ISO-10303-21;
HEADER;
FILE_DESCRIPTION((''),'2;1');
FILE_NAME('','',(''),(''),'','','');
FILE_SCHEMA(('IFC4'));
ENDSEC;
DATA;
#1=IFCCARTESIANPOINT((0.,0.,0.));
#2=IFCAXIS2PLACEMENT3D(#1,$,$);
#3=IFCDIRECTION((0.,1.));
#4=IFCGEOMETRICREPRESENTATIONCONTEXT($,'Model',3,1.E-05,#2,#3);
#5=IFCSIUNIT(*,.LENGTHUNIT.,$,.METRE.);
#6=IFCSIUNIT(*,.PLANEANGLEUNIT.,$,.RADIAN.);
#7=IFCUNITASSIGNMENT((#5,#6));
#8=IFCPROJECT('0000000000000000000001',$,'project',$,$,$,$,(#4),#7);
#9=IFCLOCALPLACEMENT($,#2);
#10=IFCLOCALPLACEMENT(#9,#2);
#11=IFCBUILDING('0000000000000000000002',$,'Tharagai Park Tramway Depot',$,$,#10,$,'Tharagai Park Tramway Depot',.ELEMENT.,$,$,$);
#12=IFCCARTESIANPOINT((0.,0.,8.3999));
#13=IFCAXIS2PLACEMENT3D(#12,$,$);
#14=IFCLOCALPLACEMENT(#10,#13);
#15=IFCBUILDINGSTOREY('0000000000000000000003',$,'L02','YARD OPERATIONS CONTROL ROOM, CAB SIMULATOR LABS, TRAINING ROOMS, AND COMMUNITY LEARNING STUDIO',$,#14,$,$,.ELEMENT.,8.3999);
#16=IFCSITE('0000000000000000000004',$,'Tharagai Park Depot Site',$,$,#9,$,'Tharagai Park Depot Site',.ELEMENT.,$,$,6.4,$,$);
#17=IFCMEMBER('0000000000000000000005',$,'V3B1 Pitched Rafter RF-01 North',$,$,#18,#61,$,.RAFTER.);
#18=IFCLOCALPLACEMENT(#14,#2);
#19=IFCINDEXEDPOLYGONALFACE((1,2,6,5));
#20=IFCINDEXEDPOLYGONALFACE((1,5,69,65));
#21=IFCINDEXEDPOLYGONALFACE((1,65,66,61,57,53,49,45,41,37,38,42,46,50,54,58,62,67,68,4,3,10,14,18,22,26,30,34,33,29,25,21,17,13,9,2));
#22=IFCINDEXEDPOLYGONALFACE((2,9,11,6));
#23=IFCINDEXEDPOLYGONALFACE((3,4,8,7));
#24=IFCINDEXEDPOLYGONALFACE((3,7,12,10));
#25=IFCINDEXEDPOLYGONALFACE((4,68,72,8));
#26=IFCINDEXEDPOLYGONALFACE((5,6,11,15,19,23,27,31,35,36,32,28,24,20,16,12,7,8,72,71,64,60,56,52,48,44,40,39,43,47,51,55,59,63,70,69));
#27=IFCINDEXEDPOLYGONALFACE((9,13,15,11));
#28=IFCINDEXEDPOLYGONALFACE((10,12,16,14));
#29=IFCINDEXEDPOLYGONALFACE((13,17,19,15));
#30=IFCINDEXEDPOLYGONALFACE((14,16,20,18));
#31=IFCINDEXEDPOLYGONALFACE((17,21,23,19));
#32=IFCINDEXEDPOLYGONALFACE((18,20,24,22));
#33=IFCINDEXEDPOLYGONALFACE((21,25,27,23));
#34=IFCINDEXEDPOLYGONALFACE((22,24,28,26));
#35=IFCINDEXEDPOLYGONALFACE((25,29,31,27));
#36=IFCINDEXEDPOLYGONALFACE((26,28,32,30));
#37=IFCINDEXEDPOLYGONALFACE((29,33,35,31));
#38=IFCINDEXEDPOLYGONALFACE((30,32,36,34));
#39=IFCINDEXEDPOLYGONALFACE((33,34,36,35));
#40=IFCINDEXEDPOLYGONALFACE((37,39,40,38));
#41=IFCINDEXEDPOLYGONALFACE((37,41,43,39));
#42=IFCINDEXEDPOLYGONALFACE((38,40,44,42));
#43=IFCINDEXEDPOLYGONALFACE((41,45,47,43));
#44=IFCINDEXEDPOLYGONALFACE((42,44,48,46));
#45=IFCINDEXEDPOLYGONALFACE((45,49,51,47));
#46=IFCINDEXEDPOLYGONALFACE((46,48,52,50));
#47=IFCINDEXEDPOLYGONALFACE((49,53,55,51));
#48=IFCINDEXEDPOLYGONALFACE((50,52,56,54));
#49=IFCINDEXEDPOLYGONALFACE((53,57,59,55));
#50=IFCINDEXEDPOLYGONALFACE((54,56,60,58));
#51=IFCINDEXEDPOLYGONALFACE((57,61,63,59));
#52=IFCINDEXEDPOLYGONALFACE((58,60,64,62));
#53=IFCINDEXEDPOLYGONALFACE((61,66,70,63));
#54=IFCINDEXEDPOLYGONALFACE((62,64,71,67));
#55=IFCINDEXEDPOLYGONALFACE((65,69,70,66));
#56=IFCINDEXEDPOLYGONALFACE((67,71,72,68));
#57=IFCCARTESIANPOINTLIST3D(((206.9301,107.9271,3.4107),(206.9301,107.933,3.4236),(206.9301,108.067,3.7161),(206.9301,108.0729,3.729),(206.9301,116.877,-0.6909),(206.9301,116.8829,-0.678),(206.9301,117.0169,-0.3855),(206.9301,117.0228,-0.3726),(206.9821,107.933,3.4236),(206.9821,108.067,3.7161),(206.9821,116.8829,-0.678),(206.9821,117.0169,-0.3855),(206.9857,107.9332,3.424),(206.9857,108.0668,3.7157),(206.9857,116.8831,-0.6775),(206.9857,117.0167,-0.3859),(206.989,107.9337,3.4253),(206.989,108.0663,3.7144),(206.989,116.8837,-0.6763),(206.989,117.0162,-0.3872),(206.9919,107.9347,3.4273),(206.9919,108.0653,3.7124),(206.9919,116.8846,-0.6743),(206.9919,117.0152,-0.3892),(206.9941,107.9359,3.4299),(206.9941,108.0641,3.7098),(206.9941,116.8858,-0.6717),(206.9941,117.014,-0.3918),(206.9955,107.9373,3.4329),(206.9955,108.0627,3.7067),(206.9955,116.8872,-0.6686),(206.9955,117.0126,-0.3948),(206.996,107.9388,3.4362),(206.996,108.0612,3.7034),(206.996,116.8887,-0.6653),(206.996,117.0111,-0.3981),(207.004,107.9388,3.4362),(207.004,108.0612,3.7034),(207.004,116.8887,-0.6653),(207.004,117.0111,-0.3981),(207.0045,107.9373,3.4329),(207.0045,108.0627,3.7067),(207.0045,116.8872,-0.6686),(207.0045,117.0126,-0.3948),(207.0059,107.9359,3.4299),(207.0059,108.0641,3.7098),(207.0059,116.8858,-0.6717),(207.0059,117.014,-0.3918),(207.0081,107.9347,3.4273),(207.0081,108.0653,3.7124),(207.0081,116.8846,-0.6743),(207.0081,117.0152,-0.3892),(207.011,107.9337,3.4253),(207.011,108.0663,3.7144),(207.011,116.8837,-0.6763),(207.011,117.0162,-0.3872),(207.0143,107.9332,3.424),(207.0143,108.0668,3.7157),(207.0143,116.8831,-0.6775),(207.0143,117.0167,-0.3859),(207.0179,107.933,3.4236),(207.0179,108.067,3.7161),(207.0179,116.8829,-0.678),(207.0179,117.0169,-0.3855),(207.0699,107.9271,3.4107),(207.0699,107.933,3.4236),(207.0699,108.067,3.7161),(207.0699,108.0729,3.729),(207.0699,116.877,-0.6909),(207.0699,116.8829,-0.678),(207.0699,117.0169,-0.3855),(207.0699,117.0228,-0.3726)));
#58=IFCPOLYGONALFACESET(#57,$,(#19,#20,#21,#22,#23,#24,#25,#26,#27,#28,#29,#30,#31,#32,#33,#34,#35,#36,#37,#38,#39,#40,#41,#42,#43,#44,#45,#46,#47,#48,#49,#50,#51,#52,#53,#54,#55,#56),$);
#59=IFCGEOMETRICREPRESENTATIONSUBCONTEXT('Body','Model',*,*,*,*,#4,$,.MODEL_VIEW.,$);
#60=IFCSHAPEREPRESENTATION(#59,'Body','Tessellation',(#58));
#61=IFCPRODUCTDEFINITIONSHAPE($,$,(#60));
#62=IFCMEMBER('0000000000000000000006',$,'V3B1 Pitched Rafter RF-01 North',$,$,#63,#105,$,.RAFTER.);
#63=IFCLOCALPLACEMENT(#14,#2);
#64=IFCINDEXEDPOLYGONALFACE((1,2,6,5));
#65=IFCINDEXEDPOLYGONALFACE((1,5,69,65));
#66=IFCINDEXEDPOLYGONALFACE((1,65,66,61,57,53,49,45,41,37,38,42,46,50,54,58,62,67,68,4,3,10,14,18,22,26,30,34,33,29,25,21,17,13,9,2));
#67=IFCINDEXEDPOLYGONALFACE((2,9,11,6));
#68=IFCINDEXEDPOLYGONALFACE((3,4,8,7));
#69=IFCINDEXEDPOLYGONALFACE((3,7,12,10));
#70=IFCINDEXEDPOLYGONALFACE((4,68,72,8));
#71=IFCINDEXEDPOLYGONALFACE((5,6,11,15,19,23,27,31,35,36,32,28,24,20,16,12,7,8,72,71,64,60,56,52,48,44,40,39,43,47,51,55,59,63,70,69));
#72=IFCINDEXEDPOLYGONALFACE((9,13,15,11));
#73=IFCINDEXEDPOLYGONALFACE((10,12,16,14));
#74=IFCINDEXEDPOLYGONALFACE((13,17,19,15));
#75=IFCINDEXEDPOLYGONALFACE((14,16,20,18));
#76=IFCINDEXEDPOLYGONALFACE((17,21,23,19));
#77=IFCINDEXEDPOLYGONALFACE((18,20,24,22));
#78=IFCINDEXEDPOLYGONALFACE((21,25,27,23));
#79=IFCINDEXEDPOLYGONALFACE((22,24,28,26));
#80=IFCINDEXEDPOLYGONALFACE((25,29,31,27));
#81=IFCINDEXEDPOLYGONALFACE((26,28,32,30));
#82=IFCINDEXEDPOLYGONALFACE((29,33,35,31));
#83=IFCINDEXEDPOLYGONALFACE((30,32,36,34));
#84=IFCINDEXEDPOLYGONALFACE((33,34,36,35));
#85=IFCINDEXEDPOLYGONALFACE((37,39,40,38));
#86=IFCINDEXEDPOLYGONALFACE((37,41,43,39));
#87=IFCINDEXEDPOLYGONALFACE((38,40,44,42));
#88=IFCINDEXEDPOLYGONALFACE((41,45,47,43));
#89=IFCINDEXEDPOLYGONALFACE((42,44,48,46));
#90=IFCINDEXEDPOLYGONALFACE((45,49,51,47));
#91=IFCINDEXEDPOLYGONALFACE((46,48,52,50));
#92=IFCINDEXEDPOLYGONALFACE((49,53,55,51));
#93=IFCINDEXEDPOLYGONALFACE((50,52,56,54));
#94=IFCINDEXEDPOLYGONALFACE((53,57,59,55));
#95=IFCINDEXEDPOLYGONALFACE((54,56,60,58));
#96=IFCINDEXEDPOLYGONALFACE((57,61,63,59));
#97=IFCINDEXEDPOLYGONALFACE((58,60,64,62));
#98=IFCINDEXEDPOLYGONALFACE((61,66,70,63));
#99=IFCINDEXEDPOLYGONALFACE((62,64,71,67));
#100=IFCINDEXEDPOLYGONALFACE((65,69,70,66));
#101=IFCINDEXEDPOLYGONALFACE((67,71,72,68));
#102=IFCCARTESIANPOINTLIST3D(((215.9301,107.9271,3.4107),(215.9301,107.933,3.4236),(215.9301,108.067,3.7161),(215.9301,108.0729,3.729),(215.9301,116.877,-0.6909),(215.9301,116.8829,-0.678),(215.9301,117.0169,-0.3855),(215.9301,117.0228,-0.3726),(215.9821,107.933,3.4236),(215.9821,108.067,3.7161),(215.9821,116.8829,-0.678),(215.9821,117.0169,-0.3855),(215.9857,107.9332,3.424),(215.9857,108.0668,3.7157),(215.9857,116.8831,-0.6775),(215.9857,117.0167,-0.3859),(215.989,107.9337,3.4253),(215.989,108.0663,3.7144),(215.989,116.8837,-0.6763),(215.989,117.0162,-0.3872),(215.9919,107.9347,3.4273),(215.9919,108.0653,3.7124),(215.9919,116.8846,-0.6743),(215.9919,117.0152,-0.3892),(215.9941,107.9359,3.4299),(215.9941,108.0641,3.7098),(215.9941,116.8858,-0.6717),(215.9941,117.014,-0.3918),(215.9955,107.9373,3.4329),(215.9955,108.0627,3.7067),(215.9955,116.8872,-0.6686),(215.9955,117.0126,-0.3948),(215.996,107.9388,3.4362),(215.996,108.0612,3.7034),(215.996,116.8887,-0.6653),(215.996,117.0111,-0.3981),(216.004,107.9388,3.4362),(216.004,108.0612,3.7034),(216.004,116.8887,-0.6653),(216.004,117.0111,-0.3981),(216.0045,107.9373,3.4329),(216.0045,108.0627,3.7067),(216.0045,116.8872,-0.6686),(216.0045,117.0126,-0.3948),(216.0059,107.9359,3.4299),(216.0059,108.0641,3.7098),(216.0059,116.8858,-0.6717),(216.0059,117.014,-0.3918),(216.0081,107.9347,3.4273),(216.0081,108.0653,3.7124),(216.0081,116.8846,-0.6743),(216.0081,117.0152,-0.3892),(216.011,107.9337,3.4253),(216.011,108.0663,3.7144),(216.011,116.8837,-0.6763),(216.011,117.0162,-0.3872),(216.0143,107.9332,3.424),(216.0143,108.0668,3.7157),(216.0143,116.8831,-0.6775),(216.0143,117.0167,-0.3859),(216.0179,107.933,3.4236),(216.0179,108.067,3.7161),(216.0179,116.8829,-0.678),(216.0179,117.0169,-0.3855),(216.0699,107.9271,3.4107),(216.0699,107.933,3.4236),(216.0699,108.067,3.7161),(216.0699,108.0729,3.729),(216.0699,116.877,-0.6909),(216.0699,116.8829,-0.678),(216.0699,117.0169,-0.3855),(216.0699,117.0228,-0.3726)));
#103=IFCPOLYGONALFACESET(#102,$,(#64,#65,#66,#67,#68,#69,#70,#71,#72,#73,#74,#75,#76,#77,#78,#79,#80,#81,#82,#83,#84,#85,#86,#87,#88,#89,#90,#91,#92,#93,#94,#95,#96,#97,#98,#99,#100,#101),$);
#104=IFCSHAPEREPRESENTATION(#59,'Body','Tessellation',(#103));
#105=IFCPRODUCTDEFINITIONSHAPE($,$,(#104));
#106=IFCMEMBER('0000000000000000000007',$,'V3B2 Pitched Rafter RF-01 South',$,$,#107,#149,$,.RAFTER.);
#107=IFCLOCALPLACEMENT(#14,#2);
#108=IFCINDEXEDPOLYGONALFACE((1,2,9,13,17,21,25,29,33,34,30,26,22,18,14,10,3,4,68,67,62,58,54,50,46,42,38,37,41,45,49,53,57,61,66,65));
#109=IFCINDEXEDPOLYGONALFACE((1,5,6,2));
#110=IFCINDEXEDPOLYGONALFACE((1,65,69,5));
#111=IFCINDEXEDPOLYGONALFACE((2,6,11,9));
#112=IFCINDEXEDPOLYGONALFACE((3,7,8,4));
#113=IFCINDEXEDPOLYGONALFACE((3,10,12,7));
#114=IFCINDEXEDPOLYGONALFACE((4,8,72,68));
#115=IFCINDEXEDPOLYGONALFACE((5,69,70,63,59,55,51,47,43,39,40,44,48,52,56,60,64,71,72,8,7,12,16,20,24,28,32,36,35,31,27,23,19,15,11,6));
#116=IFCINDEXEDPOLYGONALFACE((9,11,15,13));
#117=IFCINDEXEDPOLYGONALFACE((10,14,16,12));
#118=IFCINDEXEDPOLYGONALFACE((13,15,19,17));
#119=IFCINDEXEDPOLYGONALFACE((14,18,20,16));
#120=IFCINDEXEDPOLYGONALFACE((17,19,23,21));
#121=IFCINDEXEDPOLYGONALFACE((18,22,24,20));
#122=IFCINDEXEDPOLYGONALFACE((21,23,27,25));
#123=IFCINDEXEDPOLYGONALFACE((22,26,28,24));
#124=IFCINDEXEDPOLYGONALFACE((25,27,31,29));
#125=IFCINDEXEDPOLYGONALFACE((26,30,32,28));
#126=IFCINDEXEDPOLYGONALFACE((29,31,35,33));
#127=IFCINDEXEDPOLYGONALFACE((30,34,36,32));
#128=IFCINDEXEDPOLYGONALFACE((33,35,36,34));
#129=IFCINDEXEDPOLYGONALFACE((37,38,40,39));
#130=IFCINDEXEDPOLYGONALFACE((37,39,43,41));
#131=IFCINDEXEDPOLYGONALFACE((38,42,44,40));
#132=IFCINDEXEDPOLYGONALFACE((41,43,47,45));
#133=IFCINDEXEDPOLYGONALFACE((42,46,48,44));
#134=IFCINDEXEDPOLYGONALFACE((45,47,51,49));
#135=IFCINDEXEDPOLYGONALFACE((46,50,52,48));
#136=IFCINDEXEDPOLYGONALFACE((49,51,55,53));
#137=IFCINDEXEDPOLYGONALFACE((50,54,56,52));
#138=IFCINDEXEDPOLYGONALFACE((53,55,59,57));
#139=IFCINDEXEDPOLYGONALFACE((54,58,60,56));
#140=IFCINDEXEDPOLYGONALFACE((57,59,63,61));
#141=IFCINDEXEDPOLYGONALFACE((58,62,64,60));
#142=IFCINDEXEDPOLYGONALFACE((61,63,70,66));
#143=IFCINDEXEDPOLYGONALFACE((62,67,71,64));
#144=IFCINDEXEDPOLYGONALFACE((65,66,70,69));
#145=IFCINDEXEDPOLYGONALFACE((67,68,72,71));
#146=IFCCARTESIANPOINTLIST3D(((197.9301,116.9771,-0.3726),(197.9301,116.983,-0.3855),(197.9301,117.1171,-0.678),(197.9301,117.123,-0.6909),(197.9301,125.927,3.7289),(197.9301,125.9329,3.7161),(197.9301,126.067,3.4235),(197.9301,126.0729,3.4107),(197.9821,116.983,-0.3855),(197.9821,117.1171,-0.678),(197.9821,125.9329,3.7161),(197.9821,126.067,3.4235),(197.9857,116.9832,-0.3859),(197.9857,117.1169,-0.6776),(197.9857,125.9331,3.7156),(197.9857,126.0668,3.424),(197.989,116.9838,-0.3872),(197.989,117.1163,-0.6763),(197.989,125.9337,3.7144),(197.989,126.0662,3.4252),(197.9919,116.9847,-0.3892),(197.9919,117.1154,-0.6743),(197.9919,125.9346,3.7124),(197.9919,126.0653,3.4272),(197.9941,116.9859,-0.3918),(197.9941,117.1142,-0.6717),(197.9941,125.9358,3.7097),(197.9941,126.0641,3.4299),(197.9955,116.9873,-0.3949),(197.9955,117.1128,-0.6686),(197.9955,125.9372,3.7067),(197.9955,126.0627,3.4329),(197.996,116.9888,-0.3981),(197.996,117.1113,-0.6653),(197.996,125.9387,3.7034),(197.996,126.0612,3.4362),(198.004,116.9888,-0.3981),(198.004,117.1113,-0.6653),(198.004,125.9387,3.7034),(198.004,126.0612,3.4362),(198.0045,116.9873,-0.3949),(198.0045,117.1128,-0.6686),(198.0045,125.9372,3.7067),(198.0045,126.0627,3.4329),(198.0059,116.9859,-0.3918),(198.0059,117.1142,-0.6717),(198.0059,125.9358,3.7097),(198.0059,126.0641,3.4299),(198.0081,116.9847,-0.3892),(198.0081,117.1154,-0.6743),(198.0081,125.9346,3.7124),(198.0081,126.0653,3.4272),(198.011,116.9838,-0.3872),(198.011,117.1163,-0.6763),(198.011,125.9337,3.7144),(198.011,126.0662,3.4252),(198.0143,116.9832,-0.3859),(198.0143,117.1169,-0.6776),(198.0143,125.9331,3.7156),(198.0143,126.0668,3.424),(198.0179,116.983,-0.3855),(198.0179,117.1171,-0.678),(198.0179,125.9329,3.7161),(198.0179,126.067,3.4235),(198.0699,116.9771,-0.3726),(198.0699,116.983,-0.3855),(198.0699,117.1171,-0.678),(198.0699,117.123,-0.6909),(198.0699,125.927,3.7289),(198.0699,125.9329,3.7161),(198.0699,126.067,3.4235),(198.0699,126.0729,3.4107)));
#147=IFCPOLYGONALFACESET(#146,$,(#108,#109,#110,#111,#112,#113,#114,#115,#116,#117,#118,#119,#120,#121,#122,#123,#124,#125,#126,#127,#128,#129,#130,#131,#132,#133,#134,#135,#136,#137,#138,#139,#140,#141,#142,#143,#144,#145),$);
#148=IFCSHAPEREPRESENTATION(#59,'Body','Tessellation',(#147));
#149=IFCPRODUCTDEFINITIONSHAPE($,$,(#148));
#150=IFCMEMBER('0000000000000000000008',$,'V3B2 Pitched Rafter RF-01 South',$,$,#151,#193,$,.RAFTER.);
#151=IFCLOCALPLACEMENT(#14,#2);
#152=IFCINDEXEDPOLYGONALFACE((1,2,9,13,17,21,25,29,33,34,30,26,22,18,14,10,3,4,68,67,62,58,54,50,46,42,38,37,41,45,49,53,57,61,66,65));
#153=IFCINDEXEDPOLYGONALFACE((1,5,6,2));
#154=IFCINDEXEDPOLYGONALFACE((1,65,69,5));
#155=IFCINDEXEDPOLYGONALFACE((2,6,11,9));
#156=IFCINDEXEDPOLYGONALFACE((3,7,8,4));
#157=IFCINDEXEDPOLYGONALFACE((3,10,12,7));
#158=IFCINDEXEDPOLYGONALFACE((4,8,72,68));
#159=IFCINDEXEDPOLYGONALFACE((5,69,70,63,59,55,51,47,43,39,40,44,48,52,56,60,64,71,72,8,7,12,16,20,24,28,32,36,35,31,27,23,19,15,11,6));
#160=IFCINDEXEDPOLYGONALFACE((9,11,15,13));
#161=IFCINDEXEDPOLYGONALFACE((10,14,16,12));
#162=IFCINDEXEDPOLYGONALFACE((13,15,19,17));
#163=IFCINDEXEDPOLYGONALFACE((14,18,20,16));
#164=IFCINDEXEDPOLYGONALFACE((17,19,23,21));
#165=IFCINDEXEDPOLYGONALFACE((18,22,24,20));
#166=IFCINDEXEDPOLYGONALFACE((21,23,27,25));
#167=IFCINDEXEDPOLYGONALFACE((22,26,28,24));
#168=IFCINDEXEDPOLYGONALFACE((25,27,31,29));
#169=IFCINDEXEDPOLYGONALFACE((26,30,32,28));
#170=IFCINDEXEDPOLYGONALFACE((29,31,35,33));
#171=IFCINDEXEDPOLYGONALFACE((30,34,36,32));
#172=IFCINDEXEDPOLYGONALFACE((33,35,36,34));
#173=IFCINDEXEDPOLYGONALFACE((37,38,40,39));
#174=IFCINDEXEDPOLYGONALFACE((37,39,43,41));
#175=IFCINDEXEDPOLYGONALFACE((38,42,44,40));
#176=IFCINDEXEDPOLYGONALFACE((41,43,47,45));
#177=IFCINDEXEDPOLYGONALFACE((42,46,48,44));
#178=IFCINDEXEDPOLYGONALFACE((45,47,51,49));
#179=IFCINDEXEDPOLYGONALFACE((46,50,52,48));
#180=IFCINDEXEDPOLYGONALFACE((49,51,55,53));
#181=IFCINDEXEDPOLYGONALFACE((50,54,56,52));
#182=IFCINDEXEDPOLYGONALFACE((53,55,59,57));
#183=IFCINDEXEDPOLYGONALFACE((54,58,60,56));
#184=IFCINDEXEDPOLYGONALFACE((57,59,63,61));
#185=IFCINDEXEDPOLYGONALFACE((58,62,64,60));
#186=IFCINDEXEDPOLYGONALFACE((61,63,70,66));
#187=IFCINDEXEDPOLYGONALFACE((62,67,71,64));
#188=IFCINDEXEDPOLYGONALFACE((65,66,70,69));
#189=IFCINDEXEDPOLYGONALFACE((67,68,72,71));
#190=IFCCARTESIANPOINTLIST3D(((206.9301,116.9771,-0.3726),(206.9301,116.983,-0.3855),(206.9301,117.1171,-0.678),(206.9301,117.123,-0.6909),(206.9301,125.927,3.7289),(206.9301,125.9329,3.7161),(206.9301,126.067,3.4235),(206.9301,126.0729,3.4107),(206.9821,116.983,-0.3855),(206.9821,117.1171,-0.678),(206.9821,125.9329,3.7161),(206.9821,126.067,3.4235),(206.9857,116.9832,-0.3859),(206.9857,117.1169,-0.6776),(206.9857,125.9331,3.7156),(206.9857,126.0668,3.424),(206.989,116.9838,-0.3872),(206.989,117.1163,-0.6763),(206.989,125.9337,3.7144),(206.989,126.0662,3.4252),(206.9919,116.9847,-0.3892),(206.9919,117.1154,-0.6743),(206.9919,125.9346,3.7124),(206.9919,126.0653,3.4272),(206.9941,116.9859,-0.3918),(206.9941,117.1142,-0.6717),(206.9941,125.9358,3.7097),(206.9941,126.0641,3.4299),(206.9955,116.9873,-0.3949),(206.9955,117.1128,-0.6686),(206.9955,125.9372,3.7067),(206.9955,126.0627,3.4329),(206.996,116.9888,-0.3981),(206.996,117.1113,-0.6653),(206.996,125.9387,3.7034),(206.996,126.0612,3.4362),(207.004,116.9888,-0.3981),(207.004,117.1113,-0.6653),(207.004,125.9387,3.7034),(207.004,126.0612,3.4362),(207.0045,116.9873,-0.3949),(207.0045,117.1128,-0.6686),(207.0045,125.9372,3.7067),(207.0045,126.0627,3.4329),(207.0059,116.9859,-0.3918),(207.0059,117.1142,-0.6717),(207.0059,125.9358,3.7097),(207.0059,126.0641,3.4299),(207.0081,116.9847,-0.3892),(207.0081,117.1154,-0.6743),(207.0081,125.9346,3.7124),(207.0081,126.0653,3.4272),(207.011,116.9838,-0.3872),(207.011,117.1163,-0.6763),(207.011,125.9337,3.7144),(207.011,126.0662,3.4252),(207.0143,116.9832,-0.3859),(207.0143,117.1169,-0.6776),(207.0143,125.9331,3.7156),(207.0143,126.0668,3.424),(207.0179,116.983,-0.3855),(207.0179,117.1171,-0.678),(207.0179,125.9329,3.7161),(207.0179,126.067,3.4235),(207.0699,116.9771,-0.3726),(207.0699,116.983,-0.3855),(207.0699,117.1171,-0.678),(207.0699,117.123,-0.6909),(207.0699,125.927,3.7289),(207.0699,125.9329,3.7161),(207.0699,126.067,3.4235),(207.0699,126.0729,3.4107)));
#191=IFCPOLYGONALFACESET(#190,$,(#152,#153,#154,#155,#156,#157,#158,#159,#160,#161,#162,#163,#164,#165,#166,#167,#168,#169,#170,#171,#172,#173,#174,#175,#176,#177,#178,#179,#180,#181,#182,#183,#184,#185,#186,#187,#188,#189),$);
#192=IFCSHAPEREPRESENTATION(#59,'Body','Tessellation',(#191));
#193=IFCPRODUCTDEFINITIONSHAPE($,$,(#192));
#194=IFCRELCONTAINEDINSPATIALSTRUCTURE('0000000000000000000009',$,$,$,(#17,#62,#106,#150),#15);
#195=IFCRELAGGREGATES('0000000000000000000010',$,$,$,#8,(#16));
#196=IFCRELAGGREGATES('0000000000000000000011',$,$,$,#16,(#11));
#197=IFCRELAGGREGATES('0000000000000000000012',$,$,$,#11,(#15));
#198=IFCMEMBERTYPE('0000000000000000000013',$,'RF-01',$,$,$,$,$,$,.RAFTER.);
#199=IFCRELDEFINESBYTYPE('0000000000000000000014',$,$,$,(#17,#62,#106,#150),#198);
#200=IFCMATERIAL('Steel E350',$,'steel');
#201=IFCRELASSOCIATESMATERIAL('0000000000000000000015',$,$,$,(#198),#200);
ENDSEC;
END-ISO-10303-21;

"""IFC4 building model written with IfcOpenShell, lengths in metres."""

from ifc_helpers import new_model, si_unit, direction, frame, origin, origin_2d, place, context, subcontext, project, spatial, i_section, extrude, material, material_profile, profile_set, type_object, element, save


model = new_model("IFC4")

# Units and contexts
model_context = context("Model", 3, precision=1e-05, world=origin(), true_north=direction((0.0, 1.0)))
body_context = subcontext(model_context, "Body", "Model", "MODEL_VIEW")
ifc_project = project(units=[si_unit("LENGTHUNIT", "METRE"), si_unit("PLANEANGLEUNIT", "RADIAN")], contexts=[model_context])

# Site, building, storey
site_placement = place(None, origin())
site = spatial("IfcSite", under=ifc_project, at=site_placement, Name="Tharagai Park Depot Site", LongName="Tharagai Park Depot Site", CompositionType="ELEMENT", RefElevation=6.4)
building_placement = place(site_placement, origin())
building = spatial("IfcBuilding", under=site, at=building_placement, Name="Tharagai Park Tramway Depot", LongName="Tharagai Park Tramway Depot", CompositionType="ELEMENT")
storey_placement = place(building_placement, frame((0.0, 0.0, 8.3999)))
storey = spatial("IfcBuildingStorey", under=building, at=storey_placement, Name="L02", Description="YARD OPERATIONS CONTROL ROOM, CAB SIMULATOR LABS, TRAINING ROOMS, AND COMMUNITY LEARNING STUDIO", CompositionType="ELEMENT", Elevation=8.3999)

# Shared definitions
ifc_material_1 = material(Name="Steel E350", Category="steel")

# Members
ifc_material_profile_1 = material_profile(ifc_material_1, i_section(OverallWidth=0.1399, OverallDepth=0.3501, WebThickness=0.0081, FlangeThickness=0.0142, FilletRadius=0.0139, at=origin_2d()), Name="ISMB 350")
ifc_profile_set_1 = profile_set([ifc_material_profile_1], Name="Steel E350")
member_type_1 = type_object("IfcMemberType", Name="RF-01", PredefinedType="RAFTER", material=ifc_profile_set_1)
for number, where, z_axis, x_axis, name in (
    (1, (207.0, 108.0, 3.5698), (0.0, 0.909084, -0.416613), (-1.0, 0.0, 0.0), "V3B1 Pitched Rafter RF-01 North"),
    (2, (216.0, 108.0, 3.5698), (0.0, 0.909084, -0.416613), (-1.0, 0.0, 0.0), "V3B1 Pitched Rafter RF-01 North"),
    (3, (198.0, 117.05, -0.5317), (0.0, 0.909084, 0.416613), (-1.0, 0.0, 0.0), "V3B2 Pitched Rafter RF-01 South"),
    (4, (207.0, 117.05, -0.5317), (0.0, 0.909084, 0.416613), (-1.0, 0.0, 0.0), "V3B2 Pitched Rafter RF-01 South"),
):
    element("IfcMember", number, at=place(storey_placement, frame(where, z_axis=z_axis, x_axis=x_axis)), inside=storey, type_object=member_type_1, Name=name, PredefinedType="RAFTER", context=body_context, shape_type="SweptSolid", body=[
        extrude(i_section(OverallWidth=0.1399, OverallDepth=0.3501, WebThickness=0.0081, FlangeThickness=0.0142, FilletRadius=0.0139, at=origin_2d()), origin(), (0.0, 0.0, 1.0), 9.845),
    ])

save(model, "model.ifc")
